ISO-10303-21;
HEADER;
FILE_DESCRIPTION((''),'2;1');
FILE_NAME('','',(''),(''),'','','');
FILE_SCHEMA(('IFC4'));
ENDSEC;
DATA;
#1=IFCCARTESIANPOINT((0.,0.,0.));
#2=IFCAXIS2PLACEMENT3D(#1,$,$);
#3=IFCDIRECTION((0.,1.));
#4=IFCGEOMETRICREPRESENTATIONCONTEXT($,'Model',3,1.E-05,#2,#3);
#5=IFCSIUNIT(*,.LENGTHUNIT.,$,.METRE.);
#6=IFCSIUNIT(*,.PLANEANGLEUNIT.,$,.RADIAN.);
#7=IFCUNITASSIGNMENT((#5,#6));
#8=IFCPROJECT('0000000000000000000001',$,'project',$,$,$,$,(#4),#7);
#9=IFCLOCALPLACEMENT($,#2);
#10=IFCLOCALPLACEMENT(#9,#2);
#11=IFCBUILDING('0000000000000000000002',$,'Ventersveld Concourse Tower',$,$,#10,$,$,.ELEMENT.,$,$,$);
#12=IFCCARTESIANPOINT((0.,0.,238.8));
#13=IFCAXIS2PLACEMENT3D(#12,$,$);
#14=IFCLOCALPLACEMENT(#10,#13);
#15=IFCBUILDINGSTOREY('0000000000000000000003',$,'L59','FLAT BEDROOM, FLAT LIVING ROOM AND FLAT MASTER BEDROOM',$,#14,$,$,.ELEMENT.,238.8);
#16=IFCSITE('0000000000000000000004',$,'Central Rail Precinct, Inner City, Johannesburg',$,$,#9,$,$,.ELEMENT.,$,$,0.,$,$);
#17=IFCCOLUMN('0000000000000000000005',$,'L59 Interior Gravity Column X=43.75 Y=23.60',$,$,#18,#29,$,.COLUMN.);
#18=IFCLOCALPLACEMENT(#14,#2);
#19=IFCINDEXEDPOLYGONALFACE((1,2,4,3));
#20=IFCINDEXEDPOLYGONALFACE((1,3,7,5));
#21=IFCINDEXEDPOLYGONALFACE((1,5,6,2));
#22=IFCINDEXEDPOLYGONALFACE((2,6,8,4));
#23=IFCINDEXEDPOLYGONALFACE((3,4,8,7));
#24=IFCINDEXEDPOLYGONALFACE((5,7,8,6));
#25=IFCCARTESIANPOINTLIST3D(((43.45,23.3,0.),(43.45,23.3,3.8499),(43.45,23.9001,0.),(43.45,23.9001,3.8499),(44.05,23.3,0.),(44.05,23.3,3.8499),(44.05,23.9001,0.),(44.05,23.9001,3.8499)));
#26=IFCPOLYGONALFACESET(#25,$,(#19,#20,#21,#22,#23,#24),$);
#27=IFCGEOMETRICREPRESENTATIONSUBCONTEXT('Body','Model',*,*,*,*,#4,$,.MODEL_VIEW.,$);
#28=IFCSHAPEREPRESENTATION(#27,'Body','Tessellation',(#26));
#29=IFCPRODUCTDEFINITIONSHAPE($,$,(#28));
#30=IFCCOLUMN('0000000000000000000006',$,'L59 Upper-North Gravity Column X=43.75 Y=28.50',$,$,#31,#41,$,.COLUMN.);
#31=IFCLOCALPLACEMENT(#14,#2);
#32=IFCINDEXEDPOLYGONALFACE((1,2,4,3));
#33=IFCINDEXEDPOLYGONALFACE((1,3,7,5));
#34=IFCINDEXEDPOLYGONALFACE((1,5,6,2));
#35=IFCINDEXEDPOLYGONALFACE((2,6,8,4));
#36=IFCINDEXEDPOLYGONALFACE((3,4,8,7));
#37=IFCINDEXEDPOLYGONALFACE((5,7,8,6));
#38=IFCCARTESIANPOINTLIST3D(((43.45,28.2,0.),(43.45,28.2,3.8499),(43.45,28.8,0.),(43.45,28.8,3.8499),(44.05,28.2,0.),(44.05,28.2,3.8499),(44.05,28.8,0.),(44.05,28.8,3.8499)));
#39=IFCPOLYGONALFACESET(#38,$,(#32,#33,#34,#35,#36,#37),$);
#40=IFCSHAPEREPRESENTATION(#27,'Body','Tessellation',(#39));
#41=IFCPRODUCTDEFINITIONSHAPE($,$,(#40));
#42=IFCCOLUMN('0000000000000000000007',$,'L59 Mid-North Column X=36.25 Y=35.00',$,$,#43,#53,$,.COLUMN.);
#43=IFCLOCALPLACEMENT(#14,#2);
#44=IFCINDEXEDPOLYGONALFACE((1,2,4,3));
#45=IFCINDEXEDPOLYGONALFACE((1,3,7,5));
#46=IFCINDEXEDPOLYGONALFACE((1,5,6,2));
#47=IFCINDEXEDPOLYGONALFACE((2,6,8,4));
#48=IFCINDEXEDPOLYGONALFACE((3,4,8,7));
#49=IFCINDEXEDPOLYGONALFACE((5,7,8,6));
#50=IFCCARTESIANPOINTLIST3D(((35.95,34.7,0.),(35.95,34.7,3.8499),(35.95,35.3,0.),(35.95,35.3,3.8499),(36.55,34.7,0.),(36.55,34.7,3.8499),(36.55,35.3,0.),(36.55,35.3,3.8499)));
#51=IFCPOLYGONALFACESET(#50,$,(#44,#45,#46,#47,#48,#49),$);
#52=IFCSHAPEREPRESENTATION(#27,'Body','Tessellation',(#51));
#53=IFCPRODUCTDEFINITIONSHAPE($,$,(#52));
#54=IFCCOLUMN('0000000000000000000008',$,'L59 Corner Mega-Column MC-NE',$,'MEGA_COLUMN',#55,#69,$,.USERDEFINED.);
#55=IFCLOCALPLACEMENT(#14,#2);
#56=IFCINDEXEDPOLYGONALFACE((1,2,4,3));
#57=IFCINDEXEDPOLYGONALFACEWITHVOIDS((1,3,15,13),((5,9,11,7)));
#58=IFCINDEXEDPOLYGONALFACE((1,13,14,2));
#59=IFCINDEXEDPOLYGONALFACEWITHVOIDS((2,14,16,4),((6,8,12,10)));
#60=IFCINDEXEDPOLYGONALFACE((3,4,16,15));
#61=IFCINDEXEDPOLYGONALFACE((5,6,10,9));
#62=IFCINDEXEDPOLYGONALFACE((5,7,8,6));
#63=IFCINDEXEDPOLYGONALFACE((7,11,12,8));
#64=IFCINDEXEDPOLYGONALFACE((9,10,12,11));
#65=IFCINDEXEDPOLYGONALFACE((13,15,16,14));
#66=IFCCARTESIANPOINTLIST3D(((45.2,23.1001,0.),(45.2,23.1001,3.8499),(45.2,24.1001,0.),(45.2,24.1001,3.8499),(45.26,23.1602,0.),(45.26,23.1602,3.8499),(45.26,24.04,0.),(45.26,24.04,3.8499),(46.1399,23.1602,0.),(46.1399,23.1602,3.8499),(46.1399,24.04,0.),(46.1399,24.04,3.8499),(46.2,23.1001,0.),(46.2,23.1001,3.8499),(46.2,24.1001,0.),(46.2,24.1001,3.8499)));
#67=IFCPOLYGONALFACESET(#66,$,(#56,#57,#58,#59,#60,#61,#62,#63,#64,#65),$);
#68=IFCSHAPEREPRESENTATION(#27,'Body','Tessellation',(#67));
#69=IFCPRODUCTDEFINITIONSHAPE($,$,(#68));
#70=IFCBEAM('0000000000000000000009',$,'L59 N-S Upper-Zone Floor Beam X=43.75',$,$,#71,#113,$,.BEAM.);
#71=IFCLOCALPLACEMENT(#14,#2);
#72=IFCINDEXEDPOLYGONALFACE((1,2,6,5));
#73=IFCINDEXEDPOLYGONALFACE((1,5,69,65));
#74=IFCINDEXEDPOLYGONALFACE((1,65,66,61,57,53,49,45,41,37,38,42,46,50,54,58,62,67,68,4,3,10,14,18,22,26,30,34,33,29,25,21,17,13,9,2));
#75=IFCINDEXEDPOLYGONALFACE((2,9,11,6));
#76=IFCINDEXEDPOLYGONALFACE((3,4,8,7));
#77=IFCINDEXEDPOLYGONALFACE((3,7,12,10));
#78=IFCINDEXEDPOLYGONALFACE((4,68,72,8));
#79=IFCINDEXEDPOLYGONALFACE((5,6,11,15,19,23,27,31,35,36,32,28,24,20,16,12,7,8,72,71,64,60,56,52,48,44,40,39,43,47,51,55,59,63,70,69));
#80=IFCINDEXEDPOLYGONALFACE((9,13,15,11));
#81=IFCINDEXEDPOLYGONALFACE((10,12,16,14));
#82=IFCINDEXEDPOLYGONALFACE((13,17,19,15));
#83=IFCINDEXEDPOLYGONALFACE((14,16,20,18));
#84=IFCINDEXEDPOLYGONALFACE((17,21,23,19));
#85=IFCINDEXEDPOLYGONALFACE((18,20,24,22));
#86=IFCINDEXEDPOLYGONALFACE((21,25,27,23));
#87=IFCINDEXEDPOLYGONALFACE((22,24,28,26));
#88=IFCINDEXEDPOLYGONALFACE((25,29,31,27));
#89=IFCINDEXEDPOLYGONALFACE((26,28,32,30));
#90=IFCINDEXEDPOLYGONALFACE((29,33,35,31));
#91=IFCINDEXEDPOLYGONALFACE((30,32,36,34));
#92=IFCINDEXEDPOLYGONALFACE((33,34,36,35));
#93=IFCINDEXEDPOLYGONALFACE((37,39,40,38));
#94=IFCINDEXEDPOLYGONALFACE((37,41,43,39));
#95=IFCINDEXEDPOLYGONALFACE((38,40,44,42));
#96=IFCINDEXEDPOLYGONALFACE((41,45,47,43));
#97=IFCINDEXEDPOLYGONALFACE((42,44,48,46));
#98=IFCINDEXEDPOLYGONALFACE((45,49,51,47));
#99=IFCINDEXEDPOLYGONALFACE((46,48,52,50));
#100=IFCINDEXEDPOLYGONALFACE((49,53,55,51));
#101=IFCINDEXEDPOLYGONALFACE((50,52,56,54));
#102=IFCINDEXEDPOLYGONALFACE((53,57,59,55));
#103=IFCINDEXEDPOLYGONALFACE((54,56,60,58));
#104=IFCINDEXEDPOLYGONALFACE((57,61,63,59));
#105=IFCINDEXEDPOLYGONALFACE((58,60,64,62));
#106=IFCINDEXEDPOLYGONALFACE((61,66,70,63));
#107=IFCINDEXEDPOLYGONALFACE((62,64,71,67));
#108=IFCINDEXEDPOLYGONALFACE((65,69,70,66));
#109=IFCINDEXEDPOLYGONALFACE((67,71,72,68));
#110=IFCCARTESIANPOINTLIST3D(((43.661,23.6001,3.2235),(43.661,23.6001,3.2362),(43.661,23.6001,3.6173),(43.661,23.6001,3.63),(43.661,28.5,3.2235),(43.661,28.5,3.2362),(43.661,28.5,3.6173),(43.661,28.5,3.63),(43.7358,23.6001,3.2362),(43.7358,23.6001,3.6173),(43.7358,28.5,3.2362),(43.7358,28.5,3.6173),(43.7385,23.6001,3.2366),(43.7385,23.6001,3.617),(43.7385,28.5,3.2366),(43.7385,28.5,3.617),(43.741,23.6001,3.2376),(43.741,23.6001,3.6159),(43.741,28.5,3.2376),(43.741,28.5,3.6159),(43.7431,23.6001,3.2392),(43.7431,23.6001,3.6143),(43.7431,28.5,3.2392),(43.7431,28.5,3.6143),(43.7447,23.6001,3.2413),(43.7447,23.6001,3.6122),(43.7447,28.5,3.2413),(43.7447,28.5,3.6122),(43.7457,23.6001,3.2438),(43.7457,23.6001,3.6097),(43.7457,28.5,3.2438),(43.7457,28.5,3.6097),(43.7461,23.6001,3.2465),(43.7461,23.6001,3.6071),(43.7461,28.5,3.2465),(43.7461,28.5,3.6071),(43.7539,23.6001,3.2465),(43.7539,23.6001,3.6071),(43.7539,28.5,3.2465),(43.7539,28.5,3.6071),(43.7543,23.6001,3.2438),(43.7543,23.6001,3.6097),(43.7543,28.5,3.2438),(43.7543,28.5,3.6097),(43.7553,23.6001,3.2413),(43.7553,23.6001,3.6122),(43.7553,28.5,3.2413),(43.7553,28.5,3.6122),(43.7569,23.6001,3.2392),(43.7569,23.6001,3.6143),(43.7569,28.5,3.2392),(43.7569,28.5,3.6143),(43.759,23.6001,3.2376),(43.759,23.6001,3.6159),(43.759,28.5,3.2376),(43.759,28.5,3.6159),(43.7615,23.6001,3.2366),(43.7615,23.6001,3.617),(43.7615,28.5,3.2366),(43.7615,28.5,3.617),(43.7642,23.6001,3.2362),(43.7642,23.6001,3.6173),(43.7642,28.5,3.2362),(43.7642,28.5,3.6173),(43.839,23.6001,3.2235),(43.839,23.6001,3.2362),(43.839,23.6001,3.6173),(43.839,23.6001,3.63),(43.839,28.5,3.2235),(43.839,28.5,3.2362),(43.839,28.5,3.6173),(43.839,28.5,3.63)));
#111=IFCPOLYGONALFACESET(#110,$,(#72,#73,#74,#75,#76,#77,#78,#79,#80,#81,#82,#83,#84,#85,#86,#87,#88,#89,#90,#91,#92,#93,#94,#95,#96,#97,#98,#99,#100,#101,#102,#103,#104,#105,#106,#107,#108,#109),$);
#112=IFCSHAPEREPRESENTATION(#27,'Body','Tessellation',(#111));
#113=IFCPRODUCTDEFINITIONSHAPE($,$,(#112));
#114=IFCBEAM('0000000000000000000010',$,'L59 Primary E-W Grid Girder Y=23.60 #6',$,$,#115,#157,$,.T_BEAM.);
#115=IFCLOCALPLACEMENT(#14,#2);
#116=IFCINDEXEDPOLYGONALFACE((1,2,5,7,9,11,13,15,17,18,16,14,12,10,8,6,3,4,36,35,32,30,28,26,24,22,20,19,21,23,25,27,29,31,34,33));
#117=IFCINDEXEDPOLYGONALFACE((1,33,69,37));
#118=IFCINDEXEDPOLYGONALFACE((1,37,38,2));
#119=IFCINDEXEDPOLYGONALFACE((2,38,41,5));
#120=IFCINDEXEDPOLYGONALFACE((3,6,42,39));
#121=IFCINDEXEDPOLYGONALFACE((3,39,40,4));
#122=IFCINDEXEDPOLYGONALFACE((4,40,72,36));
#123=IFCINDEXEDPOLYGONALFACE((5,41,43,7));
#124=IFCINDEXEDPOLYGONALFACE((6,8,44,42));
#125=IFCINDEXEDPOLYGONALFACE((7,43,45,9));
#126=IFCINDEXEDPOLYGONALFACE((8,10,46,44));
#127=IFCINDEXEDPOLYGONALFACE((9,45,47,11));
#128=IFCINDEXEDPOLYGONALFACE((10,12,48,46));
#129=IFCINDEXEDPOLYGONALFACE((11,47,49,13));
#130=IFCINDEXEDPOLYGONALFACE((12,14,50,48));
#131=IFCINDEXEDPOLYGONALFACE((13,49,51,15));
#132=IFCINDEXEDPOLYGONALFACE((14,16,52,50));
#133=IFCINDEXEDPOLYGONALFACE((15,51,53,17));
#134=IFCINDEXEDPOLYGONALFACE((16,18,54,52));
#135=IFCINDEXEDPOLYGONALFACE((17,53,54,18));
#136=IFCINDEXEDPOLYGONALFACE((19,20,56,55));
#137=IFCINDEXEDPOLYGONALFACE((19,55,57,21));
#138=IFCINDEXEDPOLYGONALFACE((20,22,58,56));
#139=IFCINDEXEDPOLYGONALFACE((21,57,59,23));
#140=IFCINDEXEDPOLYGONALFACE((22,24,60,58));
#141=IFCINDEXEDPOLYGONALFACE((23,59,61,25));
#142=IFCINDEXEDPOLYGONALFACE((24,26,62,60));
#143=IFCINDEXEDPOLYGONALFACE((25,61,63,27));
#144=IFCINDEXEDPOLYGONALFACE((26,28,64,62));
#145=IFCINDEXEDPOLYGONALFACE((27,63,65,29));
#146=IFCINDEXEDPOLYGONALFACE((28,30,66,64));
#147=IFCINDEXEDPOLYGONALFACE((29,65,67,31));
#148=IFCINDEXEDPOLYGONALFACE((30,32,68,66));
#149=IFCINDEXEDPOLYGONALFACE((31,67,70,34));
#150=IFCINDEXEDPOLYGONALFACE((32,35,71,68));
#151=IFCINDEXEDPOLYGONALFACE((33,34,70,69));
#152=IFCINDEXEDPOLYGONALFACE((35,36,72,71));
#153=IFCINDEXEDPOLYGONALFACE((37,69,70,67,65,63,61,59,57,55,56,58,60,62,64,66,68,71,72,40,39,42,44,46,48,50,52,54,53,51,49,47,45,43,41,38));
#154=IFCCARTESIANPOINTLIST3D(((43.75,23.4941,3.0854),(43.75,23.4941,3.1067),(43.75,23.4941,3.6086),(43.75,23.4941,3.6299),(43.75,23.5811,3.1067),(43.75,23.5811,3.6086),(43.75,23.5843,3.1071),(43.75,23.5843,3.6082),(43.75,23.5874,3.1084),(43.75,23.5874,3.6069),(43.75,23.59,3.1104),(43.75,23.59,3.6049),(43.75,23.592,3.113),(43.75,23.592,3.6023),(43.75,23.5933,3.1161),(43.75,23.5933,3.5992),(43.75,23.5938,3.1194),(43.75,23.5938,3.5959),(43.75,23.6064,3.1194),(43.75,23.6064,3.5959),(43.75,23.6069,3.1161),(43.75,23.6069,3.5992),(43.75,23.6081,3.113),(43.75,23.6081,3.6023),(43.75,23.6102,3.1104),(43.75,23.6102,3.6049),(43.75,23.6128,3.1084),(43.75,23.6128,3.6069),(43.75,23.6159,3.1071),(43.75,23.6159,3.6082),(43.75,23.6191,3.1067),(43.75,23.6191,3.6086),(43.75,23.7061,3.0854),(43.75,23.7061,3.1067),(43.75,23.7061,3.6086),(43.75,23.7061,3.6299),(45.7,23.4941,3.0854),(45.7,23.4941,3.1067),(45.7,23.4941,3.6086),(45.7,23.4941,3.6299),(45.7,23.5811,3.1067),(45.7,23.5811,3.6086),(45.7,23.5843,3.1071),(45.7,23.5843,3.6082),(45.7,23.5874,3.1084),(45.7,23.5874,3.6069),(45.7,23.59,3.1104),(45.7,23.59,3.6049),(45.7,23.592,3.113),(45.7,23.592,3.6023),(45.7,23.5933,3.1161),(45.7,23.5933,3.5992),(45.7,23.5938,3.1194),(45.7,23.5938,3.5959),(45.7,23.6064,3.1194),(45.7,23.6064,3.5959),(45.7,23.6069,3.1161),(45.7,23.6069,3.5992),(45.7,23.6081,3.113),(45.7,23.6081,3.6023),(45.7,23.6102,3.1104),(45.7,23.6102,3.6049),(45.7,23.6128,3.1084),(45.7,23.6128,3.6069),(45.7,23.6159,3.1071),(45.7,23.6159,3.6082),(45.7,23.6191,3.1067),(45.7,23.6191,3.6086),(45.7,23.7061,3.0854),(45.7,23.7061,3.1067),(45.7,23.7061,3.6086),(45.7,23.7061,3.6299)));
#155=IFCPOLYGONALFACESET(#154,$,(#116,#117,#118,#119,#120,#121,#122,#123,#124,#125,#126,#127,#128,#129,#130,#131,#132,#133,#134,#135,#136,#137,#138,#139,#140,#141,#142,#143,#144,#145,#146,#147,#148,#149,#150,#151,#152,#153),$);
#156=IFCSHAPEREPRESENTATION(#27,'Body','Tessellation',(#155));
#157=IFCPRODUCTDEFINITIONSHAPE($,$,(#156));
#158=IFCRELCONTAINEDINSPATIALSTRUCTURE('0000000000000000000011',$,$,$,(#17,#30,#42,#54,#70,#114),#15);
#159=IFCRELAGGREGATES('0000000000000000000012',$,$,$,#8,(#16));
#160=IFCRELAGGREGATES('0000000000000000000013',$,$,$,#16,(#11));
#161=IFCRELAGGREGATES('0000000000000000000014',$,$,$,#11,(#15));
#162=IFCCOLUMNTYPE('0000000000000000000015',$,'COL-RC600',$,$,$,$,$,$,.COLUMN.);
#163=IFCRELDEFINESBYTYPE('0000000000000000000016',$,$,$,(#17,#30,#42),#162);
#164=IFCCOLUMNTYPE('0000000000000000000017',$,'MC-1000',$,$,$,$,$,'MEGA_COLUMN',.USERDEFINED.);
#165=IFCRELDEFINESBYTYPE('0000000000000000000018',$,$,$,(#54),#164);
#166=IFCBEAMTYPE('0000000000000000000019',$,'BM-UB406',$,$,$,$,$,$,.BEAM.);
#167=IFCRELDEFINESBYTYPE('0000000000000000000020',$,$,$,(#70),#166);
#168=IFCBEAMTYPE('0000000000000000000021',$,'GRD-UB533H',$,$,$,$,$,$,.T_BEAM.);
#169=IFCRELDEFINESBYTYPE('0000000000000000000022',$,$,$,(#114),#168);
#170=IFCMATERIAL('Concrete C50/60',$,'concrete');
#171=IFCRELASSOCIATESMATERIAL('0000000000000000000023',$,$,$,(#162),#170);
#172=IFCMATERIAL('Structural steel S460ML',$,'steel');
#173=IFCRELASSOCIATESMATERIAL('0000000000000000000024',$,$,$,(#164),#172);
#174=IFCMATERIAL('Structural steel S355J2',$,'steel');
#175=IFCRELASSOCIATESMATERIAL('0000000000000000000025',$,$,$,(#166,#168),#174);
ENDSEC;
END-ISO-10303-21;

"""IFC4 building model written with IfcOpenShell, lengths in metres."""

from ifc_helpers import new_model, si_unit, direction, frame, origin, origin_2d, place, context, subcontext, project, spatial, rectangle, hollow_rectangle, i_section, extrude, material, material_profile, profile_set, type_object, element, save


model = new_model("IFC4")

# Units and contexts
model_context = context("Model", 3, precision=1e-05, world=origin(), true_north=direction((0.0, 1.0)))
body_context = subcontext(model_context, "Body", "Model", "MODEL_VIEW")
ifc_project = project(units=[si_unit("LENGTHUNIT", "METRE"), si_unit("PLANEANGLEUNIT", "RADIAN")], contexts=[model_context])

# Site, building, storey
site_placement = place(None, origin())
site = spatial("IfcSite", under=ifc_project, at=site_placement, Name="Central Rail Precinct, Inner City, Johannesburg", CompositionType="ELEMENT", RefElevation=0.0)
building_placement = place(site_placement, origin())
building = spatial("IfcBuilding", under=site, at=building_placement, Name="Ventersveld Concourse Tower", CompositionType="ELEMENT")
storey_placement = place(building_placement, frame((0.0, 0.0, 238.8)))
storey = spatial("IfcBuildingStorey", under=building, at=storey_placement, Name="L59", Description="FLAT BEDROOM, FLAT LIVING ROOM AND FLAT MASTER BEDROOM", CompositionType="ELEMENT", Elevation=238.8)

# Columns
ifc_material_1 = material(Name="Concrete C50/60", Category="concrete")
ifc_material_profile_1 = material_profile(ifc_material_1, rectangle(XDim=0.6001, YDim=0.6001, at=origin_2d()), Name="RC 600x600")
ifc_profile_set_1 = profile_set([ifc_material_profile_1], Name="Concrete C50/60")
column_type_1 = type_object("IfcColumnType", Name="COL-RC600", PredefinedType="COLUMN", material=ifc_profile_set_1)
for number, where, z_axis, x_axis, name in (
    (1, (43.75, 23.6001, 0.0), (0.0, 0.0, 1.0), (1.0, 0.0, 0.0), "L59 Interior Gravity Column X=43.75 Y=23.60"),
    (2, (43.75, 28.5, 0.0), (0.0, 0.0, 1.0), (1.0, 0.0, 0.0), "L59 Upper-North Gravity Column X=43.75 Y=28.50"),
    (3, (36.25, 35.0, 0.0), (0.0, 0.0, 1.0), (1.0, 0.0, 0.0), "L59 Mid-North Column X=36.25 Y=35.00"),
):
    element("IfcColumn", number, at=place(storey_placement, frame(where, z_axis=z_axis, x_axis=x_axis)), inside=storey, type_object=column_type_1, Name=name, PredefinedType="COLUMN", context=body_context, shape_type="SweptSolid", body=[
        extrude(rectangle(XDim=0.6001, YDim=0.6001, at=origin_2d()), origin(), (0.0, 0.0, 1.0), 3.8499),
    ])
ifc_material_2 = material(Name="Structural steel S460ML", Category="steel")
ifc_material_profile_2 = material_profile(ifc_material_2, hollow_rectangle(XDim=1.0, YDim=1.0, WallThickness=0.0601, at=origin_2d()), Name="BOX 1000x1000x60")
ifc_profile_set_2 = profile_set([ifc_material_profile_2], Name="Structural steel S460ML")
column_type_2 = type_object("IfcColumnType", Name="MC-1000", ElementType="MEGA_COLUMN", PredefinedType="USERDEFINED", material=ifc_profile_set_2)
column_placement = place(storey_placement, frame((45.7, 23.6001, 0.0), z_axis=(0.0, 0.0, 1.0), x_axis=(1.0, 0.0, 0.0)))
element("IfcColumn", 4, at=column_placement, inside=storey, type_object=column_type_2, Name="L59 Corner Mega-Column MC-NE", ObjectType="MEGA_COLUMN", PredefinedType="USERDEFINED", context=body_context, shape_type="SweptSolid", body=[
    extrude(hollow_rectangle(XDim=1.0, YDim=1.0, WallThickness=0.0601, at=origin_2d()), origin(), (0.0, 0.0, 1.0), 3.8499),
])

# Beams
ifc_material_3 = material(Name="Structural steel S355J2", Category="steel")
ifc_material_profile_3 = material_profile(ifc_material_3, i_section(OverallWidth=0.178, OverallDepth=0.4065, WebThickness=0.0078, FlangeThickness=0.0127, FilletRadius=0.0103, at=origin_2d()), Name="UB 406x178x60")
ifc_profile_set_3 = profile_set([ifc_material_profile_3], Name="Structural steel S355J2")
beam_type_1 = type_object("IfcBeamType", Name="BM-UB406", PredefinedType="BEAM", material=ifc_profile_set_3)
beam_1_placement = place(storey_placement, frame((43.75, 23.6001, 3.4268), z_axis=(0.0, 1.0, 0.0), x_axis=(-1.0, 0.0, 0.0)))
element("IfcBeam", 5, at=beam_1_placement, inside=storey, type_object=beam_type_1, Name="L59 N-S Upper-Zone Floor Beam X=43.75", PredefinedType="BEAM", context=body_context, shape_type="SweptSolid", body=[
    extrude(i_section(OverallWidth=0.178, OverallDepth=0.4065, WebThickness=0.0078, FlangeThickness=0.0127, FilletRadius=0.0103, at=origin_2d()), origin(), (0.0, 0.0, 1.0), 4.8999),
])
ifc_material_profile_4 = material_profile(ifc_material_3, i_section(OverallWidth=0.2119, OverallDepth=0.5444, WebThickness=0.0127, FlangeThickness=0.0212, FilletRadius=0.0127, at=origin_2d()), Name="UB 533x210x122")
ifc_profile_set_4 = profile_set([ifc_material_profile_4], Name="Structural steel S355J2")
beam_type_2 = type_object("IfcBeamType", Name="GRD-UB533H", PredefinedType="T_BEAM", material=ifc_profile_set_4)
beam_2_placement = place(storey_placement, frame((43.75, 23.6001, 3.3577), z_axis=(1.0, 0.0, 0.0), x_axis=(0.0, 1.0, 0.0)))
element("IfcBeam", 6, at=beam_2_placement, inside=storey, type_object=beam_type_2, Name="L59 Primary E-W Grid Girder Y=23.60 #6", PredefinedType="T_BEAM", context=body_context, shape_type="SweptSolid", body=[
    extrude(i_section(OverallWidth=0.2119, OverallDepth=0.5444, WebThickness=0.0127, FlangeThickness=0.0212, FilletRadius=0.0127, at=origin_2d()), origin(), (0.0, 0.0, 1.0), 1.95),
])

save(model, "model.ifc")
